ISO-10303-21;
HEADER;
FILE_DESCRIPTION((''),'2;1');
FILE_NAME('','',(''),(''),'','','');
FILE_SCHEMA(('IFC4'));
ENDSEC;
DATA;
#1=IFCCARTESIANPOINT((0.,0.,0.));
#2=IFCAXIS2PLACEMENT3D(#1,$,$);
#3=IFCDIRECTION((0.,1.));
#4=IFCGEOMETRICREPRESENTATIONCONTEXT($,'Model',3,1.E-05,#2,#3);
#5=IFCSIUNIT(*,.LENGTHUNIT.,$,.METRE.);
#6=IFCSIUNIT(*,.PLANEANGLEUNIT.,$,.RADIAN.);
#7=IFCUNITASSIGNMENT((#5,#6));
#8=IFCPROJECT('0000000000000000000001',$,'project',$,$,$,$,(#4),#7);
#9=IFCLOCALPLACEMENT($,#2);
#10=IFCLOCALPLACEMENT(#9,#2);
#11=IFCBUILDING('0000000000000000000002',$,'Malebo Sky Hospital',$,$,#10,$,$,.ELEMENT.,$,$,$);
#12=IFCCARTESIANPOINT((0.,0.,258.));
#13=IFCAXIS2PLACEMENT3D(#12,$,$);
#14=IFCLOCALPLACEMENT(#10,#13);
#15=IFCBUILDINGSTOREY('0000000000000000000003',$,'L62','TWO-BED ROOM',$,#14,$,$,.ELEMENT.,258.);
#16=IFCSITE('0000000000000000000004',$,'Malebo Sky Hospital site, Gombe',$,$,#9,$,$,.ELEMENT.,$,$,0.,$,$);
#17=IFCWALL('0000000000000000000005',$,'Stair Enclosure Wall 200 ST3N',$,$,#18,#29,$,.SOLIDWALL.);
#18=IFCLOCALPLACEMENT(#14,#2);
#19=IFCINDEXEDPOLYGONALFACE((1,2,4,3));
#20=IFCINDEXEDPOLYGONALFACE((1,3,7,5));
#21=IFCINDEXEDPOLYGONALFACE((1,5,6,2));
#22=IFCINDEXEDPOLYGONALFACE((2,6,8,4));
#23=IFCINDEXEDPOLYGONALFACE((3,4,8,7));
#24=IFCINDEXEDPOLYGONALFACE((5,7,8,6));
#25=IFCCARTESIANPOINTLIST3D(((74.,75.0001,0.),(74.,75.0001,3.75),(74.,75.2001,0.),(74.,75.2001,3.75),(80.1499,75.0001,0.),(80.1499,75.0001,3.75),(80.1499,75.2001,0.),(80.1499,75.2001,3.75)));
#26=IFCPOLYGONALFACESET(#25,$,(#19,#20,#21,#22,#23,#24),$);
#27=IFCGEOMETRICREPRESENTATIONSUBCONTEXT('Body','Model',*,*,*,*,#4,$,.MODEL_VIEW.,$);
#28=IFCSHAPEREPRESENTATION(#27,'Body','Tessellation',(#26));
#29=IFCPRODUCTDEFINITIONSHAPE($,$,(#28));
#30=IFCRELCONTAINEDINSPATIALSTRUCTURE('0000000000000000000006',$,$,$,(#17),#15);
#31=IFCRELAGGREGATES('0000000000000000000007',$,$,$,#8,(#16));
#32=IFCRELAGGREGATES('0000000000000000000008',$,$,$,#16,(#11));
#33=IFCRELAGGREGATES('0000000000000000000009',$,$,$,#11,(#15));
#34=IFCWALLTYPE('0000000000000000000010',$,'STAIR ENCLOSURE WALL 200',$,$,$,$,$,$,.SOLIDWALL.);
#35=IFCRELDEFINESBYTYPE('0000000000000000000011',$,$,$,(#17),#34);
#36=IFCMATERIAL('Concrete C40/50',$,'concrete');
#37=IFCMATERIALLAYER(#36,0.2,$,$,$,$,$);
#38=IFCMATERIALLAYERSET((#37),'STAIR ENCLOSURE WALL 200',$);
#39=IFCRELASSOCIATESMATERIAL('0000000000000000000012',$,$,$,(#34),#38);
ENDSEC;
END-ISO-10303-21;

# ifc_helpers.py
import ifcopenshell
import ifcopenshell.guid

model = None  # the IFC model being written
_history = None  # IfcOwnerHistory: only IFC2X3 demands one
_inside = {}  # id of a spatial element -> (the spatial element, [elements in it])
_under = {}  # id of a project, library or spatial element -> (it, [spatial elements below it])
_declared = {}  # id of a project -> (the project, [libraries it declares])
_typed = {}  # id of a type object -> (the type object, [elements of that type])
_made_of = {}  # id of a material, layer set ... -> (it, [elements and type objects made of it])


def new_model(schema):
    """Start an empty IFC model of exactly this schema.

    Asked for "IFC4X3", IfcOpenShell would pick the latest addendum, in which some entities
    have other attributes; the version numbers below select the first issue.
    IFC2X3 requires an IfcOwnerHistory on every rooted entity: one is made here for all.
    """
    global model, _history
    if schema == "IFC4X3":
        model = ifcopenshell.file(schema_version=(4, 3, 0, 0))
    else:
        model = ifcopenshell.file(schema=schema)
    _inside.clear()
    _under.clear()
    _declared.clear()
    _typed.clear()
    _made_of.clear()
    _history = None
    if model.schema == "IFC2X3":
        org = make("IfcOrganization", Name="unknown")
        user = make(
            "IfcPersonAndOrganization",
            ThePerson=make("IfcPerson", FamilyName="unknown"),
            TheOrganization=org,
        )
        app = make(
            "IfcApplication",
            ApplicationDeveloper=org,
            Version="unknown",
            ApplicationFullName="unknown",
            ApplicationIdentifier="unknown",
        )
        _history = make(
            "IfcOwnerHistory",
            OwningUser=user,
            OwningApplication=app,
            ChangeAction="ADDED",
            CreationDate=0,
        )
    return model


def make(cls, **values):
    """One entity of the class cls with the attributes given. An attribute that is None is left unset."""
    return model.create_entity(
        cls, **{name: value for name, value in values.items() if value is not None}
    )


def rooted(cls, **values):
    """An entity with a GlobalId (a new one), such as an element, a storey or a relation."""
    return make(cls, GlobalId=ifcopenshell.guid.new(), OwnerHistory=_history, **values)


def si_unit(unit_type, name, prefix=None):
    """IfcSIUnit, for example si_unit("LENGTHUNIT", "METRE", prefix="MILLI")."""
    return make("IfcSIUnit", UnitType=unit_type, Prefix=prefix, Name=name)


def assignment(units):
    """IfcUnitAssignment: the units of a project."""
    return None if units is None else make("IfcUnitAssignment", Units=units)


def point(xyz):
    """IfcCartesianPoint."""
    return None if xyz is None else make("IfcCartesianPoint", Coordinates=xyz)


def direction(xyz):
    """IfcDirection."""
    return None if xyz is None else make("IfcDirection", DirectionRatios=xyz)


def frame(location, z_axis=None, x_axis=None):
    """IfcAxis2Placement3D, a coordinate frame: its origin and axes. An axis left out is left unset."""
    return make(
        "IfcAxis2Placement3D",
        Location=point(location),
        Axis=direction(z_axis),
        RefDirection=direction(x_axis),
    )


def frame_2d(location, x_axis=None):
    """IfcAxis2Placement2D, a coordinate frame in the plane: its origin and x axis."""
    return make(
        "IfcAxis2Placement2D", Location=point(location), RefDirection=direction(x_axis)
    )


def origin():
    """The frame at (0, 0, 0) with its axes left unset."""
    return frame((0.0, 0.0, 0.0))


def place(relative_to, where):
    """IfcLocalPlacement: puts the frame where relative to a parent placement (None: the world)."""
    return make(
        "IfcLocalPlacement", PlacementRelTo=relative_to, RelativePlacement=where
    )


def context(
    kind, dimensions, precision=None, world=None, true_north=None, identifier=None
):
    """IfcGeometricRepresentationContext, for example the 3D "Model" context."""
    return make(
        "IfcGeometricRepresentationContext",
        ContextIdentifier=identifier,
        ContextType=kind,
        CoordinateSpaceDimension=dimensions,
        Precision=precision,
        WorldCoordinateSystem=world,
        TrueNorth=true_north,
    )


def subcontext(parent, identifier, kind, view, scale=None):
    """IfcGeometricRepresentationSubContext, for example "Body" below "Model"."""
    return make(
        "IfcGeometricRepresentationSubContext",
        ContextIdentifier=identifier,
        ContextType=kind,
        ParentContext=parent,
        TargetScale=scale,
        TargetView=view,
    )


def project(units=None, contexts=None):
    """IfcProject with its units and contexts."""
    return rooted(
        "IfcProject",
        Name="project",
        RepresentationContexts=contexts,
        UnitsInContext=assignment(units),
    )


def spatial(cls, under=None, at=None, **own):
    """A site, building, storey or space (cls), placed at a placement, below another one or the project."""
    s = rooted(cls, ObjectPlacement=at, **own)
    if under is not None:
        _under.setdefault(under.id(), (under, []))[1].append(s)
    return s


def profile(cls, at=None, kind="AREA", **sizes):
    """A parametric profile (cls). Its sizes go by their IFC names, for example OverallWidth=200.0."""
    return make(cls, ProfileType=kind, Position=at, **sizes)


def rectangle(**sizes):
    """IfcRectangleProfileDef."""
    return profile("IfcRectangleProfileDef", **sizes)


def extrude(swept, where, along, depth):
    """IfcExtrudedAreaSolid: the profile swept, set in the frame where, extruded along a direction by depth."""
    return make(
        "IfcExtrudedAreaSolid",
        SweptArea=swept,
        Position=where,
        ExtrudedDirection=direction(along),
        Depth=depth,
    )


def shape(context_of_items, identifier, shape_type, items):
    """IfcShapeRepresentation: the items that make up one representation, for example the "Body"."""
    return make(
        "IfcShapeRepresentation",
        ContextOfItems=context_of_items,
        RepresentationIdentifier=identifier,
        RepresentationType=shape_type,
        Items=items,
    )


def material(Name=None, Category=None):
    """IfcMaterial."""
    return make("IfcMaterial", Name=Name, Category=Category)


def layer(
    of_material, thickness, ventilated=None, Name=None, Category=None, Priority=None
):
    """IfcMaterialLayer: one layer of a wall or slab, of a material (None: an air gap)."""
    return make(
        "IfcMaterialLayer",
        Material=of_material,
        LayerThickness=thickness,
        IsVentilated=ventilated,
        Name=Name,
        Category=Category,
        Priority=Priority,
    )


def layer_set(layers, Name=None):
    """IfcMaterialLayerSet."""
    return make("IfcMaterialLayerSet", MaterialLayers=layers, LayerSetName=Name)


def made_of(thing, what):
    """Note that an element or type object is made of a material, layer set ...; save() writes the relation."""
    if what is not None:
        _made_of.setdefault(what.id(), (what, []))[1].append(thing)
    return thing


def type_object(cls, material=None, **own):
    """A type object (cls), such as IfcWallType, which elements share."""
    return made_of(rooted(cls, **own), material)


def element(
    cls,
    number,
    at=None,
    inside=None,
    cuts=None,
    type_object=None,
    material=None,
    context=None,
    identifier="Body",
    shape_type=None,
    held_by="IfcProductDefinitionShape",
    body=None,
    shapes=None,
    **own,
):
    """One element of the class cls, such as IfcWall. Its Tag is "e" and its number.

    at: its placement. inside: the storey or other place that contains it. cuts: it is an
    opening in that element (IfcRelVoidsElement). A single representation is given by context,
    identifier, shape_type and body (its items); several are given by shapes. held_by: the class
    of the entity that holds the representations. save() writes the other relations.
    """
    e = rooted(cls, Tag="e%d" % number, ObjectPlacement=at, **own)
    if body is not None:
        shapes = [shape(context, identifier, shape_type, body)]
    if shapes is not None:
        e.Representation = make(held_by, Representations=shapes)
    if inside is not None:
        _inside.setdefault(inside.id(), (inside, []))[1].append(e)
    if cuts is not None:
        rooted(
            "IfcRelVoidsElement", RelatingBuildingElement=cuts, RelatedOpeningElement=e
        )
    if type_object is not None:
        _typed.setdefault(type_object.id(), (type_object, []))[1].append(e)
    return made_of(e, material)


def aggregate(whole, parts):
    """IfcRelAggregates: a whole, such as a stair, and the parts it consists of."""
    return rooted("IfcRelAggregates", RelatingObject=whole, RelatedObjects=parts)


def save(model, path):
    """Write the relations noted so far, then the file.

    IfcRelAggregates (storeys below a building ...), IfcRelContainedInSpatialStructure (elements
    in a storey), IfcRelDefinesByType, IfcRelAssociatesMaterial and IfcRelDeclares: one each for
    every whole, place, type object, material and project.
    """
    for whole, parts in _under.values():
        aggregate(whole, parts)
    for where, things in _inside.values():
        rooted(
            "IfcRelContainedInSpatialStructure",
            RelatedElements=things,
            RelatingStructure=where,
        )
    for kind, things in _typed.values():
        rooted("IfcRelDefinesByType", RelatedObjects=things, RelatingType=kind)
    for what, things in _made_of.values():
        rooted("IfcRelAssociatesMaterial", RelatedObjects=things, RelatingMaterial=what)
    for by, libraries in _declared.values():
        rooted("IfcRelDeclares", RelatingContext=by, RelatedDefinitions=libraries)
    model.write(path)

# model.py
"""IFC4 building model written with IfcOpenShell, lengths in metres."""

from ifc_helpers import new_model, si_unit, direction, frame, frame_2d, origin, place, context, subcontext, project, spatial, rectangle, extrude, material, layer, layer_set, type_object, element, save


model = new_model("IFC4")

# Units and contexts
model_context = context("Model", 3, precision=1e-05, world=origin(), true_north=direction((0.0, 1.0)))
body_context = subcontext(model_context, "Body", "Model", "MODEL_VIEW")
ifc_project = project(units=[si_unit("LENGTHUNIT", "METRE"), si_unit("PLANEANGLEUNIT", "RADIAN")], contexts=[model_context])

# Site, building, storey
site_placement = place(None, origin())
site = spatial("IfcSite", under=ifc_project, at=site_placement, Name="Malebo Sky Hospital site, Gombe", CompositionType="ELEMENT", RefElevation=0.0)
building_placement = place(site_placement, origin())
building = spatial("IfcBuilding", under=site, at=building_placement, Name="Malebo Sky Hospital", CompositionType="ELEMENT")
storey_placement = place(building_placement, frame((0.0, 0.0, 258.0)))
storey = spatial("IfcBuildingStorey", under=building, at=storey_placement, Name="L62", Description="TWO-BED ROOM", CompositionType="ELEMENT", Elevation=258.0)

# Wall
ifc_material_1 = material(Name="Concrete C40/50", Category="concrete")
ifc_layer_1 = layer(ifc_material_1, 0.2)
ifc_layer_set_1 = layer_set([ifc_layer_1], Name="STAIR ENCLOSURE WALL 200")
wall_type_1 = type_object("IfcWallType", Name="STAIR ENCLOSURE WALL 200", PredefinedType="SOLIDWALL", material=ifc_layer_set_1)
wall_1_placement = place(storey_placement, frame((74.0, 75.1001, 0.0), z_axis=(0.0, 0.0, 1.0), x_axis=(1.0, 0.0, 0.0)))
element("IfcWall", 1, at=wall_1_placement, inside=storey, type_object=wall_type_1, Name="Stair Enclosure Wall 200 ST3N", PredefinedType="SOLIDWALL", context=body_context, shape_type="SweptSolid", body=[
    extrude(rectangle(XDim=6.1499, YDim=0.2, at=frame_2d((3.075, 0.0))), origin(), (0.0, 0.0, 1.0), 3.75),
])

save(model, "model.ifc")
